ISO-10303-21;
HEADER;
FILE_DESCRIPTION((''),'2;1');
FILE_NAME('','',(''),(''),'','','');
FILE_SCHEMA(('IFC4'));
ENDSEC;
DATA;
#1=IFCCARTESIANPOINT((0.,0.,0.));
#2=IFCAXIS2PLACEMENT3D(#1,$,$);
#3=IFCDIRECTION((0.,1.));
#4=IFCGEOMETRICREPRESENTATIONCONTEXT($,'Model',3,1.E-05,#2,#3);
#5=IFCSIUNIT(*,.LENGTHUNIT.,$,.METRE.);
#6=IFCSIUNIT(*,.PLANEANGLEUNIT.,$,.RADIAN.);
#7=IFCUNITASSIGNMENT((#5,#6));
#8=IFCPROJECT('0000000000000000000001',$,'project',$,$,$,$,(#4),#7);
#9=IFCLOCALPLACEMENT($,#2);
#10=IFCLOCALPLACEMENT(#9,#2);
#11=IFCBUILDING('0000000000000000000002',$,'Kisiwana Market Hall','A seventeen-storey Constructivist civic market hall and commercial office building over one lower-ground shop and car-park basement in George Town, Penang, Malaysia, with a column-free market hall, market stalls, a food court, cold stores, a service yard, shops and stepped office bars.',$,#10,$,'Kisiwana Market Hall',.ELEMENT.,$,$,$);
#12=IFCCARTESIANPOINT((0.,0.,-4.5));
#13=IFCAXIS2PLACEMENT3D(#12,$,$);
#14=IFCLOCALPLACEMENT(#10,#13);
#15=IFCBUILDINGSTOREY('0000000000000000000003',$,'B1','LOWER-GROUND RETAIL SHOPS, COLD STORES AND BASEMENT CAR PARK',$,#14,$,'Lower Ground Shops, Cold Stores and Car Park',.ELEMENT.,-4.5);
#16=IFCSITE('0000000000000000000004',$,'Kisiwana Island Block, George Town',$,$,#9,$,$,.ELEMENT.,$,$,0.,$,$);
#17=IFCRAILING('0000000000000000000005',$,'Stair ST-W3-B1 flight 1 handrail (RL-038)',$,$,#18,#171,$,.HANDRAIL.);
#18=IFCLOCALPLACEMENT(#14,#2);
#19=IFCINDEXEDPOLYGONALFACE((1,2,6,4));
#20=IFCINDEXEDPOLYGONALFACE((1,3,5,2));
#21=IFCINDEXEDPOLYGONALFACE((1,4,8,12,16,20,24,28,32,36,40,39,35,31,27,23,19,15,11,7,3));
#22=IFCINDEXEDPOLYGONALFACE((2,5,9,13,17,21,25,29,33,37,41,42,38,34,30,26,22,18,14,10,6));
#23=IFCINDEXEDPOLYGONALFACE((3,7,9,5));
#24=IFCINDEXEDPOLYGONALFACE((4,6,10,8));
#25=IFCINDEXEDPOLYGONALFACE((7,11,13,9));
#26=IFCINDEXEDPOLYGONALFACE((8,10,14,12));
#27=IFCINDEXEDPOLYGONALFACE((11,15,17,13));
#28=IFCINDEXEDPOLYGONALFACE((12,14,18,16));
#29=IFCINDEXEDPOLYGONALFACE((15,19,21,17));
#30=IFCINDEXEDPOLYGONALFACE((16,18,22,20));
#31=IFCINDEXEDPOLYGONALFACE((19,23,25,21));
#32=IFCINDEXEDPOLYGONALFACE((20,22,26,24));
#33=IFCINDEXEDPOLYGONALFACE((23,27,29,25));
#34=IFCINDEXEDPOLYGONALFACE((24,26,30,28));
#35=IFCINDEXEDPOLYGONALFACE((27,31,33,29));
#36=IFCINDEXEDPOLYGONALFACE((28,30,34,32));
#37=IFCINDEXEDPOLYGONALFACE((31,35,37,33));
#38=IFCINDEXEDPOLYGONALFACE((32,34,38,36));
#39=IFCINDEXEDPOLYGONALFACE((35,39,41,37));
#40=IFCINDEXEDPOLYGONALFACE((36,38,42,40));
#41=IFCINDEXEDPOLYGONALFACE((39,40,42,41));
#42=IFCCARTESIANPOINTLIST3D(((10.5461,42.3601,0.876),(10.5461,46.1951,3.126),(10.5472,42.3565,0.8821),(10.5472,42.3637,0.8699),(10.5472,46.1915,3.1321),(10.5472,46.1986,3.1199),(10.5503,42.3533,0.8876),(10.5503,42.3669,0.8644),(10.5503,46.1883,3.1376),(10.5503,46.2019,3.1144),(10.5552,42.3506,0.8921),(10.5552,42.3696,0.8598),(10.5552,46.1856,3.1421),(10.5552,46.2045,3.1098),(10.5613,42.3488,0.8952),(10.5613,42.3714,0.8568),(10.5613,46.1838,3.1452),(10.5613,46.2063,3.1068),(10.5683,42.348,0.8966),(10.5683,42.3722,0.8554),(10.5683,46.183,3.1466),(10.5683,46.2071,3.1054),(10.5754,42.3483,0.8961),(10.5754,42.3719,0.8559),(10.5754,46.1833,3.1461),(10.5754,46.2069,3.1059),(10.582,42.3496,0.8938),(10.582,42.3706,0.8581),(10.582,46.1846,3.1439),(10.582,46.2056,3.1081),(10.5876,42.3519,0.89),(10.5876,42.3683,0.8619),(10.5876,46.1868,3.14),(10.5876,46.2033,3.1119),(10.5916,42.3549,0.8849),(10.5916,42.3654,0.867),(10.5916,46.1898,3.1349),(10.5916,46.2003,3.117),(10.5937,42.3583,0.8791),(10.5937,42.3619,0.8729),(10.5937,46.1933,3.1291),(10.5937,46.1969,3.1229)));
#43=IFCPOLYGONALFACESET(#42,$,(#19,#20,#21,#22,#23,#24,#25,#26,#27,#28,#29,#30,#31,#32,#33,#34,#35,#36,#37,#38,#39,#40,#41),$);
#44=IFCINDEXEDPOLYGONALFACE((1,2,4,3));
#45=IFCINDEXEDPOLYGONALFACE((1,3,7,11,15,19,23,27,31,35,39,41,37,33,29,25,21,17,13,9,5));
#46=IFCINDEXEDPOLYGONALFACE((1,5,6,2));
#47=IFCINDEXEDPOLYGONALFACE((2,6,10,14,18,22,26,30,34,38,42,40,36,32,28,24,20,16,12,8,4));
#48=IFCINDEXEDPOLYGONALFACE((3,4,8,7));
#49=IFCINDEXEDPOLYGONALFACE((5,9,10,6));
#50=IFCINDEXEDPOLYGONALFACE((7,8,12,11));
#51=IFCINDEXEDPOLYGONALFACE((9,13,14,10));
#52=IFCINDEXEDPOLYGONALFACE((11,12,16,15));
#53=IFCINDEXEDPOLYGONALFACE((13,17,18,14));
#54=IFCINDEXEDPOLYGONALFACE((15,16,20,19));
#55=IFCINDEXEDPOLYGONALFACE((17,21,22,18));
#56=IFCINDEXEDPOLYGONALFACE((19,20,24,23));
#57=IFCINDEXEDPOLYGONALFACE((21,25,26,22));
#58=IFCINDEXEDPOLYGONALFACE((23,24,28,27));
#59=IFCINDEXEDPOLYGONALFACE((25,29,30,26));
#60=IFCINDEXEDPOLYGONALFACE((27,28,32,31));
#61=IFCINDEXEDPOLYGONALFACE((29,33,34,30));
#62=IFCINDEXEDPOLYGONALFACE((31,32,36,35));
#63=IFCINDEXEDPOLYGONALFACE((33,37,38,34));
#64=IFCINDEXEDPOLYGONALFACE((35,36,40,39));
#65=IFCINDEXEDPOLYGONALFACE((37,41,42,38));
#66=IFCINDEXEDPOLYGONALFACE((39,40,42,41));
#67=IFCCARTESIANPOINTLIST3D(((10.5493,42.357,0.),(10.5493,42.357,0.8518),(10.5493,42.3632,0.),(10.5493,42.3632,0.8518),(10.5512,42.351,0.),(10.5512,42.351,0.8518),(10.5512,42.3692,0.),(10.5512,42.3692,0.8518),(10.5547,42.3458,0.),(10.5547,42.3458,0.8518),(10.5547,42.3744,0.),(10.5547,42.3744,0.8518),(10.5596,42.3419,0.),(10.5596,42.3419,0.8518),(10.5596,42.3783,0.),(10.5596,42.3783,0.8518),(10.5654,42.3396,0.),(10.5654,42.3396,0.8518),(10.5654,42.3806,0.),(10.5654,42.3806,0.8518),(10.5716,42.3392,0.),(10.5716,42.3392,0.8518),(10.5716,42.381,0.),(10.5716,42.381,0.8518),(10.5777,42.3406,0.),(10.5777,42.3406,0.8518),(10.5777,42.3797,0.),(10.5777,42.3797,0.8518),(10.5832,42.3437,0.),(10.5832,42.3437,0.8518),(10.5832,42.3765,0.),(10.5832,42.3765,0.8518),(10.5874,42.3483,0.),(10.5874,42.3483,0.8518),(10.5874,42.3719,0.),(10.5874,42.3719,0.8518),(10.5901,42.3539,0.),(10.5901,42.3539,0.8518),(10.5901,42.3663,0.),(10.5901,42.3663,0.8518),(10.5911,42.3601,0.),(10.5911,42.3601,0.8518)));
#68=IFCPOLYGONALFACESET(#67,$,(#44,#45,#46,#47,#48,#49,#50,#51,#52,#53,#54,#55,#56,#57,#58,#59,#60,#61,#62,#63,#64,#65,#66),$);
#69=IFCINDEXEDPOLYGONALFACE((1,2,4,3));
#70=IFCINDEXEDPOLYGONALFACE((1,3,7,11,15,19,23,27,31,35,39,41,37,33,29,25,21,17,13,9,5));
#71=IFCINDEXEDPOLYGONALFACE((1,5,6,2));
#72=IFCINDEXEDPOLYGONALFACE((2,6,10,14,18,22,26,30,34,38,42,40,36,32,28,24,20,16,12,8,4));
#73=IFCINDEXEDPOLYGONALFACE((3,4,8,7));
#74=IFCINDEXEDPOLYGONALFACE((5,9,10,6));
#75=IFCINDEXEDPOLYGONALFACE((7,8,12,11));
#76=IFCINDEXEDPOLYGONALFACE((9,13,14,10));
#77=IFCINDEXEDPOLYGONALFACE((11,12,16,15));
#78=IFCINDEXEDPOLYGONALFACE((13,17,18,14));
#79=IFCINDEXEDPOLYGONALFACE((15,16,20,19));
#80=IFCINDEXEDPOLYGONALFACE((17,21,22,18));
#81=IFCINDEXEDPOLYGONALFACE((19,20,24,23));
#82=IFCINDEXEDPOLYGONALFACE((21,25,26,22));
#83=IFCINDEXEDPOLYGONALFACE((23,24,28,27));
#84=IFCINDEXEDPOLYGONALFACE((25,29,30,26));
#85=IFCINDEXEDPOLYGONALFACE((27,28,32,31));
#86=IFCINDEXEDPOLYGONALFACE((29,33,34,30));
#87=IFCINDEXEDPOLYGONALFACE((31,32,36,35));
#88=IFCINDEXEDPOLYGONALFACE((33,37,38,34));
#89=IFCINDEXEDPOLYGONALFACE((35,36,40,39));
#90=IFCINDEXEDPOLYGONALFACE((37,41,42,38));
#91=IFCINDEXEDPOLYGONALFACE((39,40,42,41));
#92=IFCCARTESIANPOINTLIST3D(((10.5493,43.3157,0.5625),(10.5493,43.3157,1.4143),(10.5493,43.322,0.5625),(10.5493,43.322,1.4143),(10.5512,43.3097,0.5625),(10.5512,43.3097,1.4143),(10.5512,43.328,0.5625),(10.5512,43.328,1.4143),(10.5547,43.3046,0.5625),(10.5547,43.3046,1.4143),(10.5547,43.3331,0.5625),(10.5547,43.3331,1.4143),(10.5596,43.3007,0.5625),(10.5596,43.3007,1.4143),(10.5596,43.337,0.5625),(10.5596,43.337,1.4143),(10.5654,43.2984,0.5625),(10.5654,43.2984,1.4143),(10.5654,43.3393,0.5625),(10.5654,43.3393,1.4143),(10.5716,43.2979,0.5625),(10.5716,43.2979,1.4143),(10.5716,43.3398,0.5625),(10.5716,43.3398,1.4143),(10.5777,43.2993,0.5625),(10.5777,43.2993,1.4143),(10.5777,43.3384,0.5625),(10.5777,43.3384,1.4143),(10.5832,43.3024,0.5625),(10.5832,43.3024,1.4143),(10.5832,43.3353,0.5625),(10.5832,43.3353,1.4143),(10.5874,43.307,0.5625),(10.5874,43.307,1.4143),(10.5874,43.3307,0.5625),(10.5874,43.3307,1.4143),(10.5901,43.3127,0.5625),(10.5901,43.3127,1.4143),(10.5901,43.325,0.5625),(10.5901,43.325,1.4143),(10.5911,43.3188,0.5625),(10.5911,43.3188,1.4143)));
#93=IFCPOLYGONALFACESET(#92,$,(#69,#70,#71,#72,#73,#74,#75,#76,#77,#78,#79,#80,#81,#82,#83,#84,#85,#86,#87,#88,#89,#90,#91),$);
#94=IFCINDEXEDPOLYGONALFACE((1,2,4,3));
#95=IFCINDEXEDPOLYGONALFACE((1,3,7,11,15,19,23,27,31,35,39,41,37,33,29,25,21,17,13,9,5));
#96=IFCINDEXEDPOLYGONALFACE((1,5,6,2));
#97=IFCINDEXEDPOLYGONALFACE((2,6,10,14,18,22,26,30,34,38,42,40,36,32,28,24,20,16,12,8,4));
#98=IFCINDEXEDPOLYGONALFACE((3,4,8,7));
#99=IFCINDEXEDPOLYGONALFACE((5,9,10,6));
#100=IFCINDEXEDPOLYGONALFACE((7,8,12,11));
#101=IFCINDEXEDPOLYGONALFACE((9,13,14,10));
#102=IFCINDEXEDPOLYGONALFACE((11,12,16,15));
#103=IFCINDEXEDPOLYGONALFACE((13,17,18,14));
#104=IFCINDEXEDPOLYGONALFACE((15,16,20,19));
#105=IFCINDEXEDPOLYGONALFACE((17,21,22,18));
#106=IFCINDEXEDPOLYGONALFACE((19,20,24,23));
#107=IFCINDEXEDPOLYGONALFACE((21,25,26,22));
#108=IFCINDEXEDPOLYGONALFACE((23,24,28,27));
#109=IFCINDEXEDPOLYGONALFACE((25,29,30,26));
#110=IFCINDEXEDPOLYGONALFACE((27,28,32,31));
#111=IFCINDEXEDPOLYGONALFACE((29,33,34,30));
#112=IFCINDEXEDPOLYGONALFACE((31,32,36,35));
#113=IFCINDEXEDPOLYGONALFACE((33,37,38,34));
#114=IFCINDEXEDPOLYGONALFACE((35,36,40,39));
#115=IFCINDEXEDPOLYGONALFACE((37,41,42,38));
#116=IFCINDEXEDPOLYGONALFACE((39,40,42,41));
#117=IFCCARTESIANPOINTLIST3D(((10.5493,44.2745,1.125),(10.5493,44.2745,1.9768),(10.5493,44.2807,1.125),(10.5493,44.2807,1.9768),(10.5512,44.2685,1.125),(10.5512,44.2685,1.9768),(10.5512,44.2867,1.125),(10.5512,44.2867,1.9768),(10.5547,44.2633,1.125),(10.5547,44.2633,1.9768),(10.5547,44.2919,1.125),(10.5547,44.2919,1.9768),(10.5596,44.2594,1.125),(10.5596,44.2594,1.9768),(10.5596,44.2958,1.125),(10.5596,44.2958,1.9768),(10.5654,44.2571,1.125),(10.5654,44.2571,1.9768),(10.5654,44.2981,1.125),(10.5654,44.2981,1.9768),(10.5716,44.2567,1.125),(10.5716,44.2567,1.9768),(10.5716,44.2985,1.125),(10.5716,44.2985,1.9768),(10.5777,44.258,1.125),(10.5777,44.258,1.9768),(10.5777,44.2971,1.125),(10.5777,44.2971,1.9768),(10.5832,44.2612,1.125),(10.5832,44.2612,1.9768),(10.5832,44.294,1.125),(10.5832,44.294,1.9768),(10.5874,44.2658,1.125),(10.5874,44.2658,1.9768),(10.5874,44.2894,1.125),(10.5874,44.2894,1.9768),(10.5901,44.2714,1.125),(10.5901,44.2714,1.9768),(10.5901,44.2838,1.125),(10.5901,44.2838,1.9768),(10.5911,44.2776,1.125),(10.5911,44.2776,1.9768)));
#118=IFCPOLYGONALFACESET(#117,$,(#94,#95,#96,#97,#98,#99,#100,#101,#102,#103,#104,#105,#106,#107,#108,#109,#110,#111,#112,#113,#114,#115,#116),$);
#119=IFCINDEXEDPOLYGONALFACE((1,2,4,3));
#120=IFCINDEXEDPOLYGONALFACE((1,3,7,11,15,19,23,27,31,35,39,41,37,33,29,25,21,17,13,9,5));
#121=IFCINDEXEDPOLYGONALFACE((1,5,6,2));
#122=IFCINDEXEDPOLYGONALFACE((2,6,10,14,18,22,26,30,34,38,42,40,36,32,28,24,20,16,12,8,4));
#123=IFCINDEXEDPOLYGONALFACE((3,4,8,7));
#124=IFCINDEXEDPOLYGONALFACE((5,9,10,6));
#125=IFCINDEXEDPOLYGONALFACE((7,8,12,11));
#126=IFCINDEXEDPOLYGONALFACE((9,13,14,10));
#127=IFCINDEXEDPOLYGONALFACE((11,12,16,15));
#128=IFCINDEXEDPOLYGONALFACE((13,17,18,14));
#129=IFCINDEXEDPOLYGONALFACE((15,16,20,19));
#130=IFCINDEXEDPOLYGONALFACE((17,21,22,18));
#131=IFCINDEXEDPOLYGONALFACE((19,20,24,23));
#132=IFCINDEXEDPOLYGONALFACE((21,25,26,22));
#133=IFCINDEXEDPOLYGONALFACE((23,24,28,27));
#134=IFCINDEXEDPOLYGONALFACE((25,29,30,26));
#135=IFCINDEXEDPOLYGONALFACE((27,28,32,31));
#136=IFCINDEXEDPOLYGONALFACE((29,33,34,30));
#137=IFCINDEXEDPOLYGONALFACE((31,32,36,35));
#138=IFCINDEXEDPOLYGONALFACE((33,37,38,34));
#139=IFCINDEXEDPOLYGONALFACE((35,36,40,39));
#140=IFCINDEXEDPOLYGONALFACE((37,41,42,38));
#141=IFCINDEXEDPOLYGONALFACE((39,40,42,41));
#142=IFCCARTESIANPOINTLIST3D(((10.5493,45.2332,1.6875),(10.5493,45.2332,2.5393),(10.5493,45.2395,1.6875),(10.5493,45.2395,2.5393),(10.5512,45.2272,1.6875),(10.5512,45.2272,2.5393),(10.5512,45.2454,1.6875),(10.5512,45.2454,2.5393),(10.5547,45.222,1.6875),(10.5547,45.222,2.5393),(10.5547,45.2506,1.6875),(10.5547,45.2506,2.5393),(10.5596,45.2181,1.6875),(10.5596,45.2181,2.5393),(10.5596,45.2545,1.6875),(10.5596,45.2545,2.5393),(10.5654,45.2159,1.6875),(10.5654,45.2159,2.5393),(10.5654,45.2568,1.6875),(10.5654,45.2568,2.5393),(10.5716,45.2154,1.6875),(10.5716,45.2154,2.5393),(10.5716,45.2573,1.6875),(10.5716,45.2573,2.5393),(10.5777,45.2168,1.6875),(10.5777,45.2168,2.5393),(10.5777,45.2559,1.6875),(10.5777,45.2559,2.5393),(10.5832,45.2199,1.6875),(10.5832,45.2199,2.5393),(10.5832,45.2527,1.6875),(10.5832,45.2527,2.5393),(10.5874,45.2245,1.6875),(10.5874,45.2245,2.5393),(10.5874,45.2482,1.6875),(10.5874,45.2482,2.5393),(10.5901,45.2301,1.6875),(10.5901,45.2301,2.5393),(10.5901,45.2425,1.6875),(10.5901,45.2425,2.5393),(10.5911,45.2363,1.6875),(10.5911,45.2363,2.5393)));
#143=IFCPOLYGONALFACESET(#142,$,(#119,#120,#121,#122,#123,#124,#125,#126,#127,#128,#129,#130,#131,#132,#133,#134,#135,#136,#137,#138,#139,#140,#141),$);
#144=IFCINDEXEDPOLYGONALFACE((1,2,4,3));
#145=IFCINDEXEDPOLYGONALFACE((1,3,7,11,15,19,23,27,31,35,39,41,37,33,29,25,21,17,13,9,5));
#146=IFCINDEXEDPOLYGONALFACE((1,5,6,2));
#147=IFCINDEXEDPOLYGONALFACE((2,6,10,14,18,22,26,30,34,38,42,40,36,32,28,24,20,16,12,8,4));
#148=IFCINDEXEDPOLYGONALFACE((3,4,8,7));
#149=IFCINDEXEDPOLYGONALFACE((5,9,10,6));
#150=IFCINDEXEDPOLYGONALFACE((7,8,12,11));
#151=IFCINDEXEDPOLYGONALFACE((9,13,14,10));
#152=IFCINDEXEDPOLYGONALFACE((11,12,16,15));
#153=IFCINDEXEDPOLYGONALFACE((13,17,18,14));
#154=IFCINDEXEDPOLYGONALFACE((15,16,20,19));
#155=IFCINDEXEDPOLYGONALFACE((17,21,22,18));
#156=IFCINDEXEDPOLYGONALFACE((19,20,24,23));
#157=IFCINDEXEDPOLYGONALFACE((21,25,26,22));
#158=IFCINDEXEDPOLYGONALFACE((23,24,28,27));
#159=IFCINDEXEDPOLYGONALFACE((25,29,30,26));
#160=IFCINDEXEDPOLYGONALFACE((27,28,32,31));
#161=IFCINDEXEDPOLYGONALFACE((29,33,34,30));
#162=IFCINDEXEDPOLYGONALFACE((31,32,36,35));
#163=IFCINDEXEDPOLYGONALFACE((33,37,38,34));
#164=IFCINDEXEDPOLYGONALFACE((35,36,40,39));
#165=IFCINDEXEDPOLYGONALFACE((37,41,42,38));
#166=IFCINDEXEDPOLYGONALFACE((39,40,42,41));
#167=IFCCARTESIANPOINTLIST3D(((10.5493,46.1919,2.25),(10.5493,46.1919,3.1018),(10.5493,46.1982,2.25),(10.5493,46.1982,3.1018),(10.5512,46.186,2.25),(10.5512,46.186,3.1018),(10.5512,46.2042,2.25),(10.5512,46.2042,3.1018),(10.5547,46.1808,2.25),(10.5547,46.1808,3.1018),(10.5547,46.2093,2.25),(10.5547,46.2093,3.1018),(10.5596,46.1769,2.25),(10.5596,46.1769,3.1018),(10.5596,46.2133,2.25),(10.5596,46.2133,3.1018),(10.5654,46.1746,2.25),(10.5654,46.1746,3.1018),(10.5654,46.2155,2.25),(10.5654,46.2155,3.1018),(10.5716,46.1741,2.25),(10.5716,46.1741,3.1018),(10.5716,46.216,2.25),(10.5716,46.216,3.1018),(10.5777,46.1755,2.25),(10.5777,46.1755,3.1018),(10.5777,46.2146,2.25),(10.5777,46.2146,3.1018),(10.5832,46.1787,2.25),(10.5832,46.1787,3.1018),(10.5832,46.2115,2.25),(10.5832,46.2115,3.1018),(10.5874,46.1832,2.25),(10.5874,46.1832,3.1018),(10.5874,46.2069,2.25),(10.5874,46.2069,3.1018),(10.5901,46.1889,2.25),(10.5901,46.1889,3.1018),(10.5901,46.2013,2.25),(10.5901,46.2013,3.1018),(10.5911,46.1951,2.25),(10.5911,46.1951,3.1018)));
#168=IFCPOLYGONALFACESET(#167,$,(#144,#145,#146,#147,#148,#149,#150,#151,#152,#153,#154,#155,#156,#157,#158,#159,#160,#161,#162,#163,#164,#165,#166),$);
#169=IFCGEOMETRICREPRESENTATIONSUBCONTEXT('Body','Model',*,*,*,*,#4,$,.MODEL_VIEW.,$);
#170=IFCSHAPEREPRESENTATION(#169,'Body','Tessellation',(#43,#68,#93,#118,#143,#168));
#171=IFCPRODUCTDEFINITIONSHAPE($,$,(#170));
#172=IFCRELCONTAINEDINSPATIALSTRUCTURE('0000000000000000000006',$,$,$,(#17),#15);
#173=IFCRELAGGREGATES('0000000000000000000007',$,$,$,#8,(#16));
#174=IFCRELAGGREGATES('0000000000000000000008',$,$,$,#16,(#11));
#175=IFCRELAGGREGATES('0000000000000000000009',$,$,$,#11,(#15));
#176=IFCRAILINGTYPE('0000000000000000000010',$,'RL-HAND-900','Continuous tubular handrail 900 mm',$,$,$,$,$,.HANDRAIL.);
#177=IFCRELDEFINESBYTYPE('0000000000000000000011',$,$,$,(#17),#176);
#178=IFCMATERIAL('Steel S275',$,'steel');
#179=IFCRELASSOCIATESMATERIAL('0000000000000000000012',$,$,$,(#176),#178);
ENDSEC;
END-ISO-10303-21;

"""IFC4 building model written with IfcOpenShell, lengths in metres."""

from ifc_helpers import new_model, si_unit, direction, frame, origin, origin_2d, place, context, subcontext, project, spatial, circle, extrude, material, type_object, element, save


model = new_model("IFC4")

# Units and contexts
model_context = context("Model", 3, precision=1e-05, world=origin(), true_north=direction((0.0, 1.0)))
body_context = subcontext(model_context, "Body", "Model", "MODEL_VIEW")
ifc_project = project(units=[si_unit("LENGTHUNIT", "METRE"), si_unit("PLANEANGLEUNIT", "RADIAN")], contexts=[model_context])

# Site, building, storey
site_placement = place(None, origin())
site = spatial("IfcSite", under=ifc_project, at=site_placement, Name="Kisiwana Island Block, George Town", CompositionType="ELEMENT", RefElevation=0.0)
building_placement = place(site_placement, origin())
building = spatial("IfcBuilding", under=site, at=building_placement, Name="Kisiwana Market Hall", Description="A seventeen-storey Constructivist civic market hall and commercial office building over one lower-ground shop and car-park basement in George Town, Penang, Malaysia, with a column-free market hall, market stalls, a food court, cold stores, a service yard, shops and stepped office bars.", LongName="Kisiwana Market Hall", CompositionType="ELEMENT")
storey_placement = place(building_placement, frame((0.0, 0.0, -4.5)))
storey = spatial("IfcBuildingStorey", under=building, at=storey_placement, Name="B1", Description="LOWER-GROUND RETAIL SHOPS, COLD STORES AND BASEMENT CAR PARK", LongName="Lower Ground Shops, Cold Stores and Car Park", CompositionType="ELEMENT", Elevation=-4.5)

# Railing
ifc_material_1 = material(Name="Steel S275", Category="steel")
railing_type_1 = type_object("IfcRailingType", Name="RL-HAND-900", Description="Continuous tubular handrail 900 mm", PredefinedType="HANDRAIL", material=ifc_material_1)
railing_1_placement = place(storey_placement, frame((10.5701, 42.3601, 0.0)))
element("IfcRailing", 1, at=railing_1_placement, inside=storey, type_object=railing_type_1, Name="Stair ST-W3-B1 flight 1 handrail (RL-038)", PredefinedType="HANDRAIL", context=body_context, shape_type="SweptSolid", body=[
    extrude(circle(Radius=0.0239, at=origin_2d()), frame((0.0, 0.0, 0.876), z_axis=(0.0, 0.86251, 0.506041), x_axis=(-1.0, 0.0, 0.0)), (0.0, 0.0, 1.0), 4.4463),
    extrude(circle(Radius=0.021, at=origin_2d()), origin(), (0.0, 0.0, 1.0), 0.8518),
    extrude(circle(Radius=0.021, at=origin_2d()), frame((0.0, 0.9587, 0.5625)), (0.0, 0.0, 1.0), 0.8518),
    extrude(circle(Radius=0.021, at=origin_2d()), frame((0.0, 1.9175, 1.125)), (0.0, 0.0, 1.0), 0.8518),
    extrude(circle(Radius=0.021, at=origin_2d()), frame((0.0, 2.8762, 1.6875)), (0.0, 0.0, 1.0), 0.8518),
    extrude(circle(Radius=0.021, at=origin_2d()), frame((0.0, 3.835, 2.25)), (0.0, 0.0, 1.0), 0.8518),
])

save(model, "model.ifc")
